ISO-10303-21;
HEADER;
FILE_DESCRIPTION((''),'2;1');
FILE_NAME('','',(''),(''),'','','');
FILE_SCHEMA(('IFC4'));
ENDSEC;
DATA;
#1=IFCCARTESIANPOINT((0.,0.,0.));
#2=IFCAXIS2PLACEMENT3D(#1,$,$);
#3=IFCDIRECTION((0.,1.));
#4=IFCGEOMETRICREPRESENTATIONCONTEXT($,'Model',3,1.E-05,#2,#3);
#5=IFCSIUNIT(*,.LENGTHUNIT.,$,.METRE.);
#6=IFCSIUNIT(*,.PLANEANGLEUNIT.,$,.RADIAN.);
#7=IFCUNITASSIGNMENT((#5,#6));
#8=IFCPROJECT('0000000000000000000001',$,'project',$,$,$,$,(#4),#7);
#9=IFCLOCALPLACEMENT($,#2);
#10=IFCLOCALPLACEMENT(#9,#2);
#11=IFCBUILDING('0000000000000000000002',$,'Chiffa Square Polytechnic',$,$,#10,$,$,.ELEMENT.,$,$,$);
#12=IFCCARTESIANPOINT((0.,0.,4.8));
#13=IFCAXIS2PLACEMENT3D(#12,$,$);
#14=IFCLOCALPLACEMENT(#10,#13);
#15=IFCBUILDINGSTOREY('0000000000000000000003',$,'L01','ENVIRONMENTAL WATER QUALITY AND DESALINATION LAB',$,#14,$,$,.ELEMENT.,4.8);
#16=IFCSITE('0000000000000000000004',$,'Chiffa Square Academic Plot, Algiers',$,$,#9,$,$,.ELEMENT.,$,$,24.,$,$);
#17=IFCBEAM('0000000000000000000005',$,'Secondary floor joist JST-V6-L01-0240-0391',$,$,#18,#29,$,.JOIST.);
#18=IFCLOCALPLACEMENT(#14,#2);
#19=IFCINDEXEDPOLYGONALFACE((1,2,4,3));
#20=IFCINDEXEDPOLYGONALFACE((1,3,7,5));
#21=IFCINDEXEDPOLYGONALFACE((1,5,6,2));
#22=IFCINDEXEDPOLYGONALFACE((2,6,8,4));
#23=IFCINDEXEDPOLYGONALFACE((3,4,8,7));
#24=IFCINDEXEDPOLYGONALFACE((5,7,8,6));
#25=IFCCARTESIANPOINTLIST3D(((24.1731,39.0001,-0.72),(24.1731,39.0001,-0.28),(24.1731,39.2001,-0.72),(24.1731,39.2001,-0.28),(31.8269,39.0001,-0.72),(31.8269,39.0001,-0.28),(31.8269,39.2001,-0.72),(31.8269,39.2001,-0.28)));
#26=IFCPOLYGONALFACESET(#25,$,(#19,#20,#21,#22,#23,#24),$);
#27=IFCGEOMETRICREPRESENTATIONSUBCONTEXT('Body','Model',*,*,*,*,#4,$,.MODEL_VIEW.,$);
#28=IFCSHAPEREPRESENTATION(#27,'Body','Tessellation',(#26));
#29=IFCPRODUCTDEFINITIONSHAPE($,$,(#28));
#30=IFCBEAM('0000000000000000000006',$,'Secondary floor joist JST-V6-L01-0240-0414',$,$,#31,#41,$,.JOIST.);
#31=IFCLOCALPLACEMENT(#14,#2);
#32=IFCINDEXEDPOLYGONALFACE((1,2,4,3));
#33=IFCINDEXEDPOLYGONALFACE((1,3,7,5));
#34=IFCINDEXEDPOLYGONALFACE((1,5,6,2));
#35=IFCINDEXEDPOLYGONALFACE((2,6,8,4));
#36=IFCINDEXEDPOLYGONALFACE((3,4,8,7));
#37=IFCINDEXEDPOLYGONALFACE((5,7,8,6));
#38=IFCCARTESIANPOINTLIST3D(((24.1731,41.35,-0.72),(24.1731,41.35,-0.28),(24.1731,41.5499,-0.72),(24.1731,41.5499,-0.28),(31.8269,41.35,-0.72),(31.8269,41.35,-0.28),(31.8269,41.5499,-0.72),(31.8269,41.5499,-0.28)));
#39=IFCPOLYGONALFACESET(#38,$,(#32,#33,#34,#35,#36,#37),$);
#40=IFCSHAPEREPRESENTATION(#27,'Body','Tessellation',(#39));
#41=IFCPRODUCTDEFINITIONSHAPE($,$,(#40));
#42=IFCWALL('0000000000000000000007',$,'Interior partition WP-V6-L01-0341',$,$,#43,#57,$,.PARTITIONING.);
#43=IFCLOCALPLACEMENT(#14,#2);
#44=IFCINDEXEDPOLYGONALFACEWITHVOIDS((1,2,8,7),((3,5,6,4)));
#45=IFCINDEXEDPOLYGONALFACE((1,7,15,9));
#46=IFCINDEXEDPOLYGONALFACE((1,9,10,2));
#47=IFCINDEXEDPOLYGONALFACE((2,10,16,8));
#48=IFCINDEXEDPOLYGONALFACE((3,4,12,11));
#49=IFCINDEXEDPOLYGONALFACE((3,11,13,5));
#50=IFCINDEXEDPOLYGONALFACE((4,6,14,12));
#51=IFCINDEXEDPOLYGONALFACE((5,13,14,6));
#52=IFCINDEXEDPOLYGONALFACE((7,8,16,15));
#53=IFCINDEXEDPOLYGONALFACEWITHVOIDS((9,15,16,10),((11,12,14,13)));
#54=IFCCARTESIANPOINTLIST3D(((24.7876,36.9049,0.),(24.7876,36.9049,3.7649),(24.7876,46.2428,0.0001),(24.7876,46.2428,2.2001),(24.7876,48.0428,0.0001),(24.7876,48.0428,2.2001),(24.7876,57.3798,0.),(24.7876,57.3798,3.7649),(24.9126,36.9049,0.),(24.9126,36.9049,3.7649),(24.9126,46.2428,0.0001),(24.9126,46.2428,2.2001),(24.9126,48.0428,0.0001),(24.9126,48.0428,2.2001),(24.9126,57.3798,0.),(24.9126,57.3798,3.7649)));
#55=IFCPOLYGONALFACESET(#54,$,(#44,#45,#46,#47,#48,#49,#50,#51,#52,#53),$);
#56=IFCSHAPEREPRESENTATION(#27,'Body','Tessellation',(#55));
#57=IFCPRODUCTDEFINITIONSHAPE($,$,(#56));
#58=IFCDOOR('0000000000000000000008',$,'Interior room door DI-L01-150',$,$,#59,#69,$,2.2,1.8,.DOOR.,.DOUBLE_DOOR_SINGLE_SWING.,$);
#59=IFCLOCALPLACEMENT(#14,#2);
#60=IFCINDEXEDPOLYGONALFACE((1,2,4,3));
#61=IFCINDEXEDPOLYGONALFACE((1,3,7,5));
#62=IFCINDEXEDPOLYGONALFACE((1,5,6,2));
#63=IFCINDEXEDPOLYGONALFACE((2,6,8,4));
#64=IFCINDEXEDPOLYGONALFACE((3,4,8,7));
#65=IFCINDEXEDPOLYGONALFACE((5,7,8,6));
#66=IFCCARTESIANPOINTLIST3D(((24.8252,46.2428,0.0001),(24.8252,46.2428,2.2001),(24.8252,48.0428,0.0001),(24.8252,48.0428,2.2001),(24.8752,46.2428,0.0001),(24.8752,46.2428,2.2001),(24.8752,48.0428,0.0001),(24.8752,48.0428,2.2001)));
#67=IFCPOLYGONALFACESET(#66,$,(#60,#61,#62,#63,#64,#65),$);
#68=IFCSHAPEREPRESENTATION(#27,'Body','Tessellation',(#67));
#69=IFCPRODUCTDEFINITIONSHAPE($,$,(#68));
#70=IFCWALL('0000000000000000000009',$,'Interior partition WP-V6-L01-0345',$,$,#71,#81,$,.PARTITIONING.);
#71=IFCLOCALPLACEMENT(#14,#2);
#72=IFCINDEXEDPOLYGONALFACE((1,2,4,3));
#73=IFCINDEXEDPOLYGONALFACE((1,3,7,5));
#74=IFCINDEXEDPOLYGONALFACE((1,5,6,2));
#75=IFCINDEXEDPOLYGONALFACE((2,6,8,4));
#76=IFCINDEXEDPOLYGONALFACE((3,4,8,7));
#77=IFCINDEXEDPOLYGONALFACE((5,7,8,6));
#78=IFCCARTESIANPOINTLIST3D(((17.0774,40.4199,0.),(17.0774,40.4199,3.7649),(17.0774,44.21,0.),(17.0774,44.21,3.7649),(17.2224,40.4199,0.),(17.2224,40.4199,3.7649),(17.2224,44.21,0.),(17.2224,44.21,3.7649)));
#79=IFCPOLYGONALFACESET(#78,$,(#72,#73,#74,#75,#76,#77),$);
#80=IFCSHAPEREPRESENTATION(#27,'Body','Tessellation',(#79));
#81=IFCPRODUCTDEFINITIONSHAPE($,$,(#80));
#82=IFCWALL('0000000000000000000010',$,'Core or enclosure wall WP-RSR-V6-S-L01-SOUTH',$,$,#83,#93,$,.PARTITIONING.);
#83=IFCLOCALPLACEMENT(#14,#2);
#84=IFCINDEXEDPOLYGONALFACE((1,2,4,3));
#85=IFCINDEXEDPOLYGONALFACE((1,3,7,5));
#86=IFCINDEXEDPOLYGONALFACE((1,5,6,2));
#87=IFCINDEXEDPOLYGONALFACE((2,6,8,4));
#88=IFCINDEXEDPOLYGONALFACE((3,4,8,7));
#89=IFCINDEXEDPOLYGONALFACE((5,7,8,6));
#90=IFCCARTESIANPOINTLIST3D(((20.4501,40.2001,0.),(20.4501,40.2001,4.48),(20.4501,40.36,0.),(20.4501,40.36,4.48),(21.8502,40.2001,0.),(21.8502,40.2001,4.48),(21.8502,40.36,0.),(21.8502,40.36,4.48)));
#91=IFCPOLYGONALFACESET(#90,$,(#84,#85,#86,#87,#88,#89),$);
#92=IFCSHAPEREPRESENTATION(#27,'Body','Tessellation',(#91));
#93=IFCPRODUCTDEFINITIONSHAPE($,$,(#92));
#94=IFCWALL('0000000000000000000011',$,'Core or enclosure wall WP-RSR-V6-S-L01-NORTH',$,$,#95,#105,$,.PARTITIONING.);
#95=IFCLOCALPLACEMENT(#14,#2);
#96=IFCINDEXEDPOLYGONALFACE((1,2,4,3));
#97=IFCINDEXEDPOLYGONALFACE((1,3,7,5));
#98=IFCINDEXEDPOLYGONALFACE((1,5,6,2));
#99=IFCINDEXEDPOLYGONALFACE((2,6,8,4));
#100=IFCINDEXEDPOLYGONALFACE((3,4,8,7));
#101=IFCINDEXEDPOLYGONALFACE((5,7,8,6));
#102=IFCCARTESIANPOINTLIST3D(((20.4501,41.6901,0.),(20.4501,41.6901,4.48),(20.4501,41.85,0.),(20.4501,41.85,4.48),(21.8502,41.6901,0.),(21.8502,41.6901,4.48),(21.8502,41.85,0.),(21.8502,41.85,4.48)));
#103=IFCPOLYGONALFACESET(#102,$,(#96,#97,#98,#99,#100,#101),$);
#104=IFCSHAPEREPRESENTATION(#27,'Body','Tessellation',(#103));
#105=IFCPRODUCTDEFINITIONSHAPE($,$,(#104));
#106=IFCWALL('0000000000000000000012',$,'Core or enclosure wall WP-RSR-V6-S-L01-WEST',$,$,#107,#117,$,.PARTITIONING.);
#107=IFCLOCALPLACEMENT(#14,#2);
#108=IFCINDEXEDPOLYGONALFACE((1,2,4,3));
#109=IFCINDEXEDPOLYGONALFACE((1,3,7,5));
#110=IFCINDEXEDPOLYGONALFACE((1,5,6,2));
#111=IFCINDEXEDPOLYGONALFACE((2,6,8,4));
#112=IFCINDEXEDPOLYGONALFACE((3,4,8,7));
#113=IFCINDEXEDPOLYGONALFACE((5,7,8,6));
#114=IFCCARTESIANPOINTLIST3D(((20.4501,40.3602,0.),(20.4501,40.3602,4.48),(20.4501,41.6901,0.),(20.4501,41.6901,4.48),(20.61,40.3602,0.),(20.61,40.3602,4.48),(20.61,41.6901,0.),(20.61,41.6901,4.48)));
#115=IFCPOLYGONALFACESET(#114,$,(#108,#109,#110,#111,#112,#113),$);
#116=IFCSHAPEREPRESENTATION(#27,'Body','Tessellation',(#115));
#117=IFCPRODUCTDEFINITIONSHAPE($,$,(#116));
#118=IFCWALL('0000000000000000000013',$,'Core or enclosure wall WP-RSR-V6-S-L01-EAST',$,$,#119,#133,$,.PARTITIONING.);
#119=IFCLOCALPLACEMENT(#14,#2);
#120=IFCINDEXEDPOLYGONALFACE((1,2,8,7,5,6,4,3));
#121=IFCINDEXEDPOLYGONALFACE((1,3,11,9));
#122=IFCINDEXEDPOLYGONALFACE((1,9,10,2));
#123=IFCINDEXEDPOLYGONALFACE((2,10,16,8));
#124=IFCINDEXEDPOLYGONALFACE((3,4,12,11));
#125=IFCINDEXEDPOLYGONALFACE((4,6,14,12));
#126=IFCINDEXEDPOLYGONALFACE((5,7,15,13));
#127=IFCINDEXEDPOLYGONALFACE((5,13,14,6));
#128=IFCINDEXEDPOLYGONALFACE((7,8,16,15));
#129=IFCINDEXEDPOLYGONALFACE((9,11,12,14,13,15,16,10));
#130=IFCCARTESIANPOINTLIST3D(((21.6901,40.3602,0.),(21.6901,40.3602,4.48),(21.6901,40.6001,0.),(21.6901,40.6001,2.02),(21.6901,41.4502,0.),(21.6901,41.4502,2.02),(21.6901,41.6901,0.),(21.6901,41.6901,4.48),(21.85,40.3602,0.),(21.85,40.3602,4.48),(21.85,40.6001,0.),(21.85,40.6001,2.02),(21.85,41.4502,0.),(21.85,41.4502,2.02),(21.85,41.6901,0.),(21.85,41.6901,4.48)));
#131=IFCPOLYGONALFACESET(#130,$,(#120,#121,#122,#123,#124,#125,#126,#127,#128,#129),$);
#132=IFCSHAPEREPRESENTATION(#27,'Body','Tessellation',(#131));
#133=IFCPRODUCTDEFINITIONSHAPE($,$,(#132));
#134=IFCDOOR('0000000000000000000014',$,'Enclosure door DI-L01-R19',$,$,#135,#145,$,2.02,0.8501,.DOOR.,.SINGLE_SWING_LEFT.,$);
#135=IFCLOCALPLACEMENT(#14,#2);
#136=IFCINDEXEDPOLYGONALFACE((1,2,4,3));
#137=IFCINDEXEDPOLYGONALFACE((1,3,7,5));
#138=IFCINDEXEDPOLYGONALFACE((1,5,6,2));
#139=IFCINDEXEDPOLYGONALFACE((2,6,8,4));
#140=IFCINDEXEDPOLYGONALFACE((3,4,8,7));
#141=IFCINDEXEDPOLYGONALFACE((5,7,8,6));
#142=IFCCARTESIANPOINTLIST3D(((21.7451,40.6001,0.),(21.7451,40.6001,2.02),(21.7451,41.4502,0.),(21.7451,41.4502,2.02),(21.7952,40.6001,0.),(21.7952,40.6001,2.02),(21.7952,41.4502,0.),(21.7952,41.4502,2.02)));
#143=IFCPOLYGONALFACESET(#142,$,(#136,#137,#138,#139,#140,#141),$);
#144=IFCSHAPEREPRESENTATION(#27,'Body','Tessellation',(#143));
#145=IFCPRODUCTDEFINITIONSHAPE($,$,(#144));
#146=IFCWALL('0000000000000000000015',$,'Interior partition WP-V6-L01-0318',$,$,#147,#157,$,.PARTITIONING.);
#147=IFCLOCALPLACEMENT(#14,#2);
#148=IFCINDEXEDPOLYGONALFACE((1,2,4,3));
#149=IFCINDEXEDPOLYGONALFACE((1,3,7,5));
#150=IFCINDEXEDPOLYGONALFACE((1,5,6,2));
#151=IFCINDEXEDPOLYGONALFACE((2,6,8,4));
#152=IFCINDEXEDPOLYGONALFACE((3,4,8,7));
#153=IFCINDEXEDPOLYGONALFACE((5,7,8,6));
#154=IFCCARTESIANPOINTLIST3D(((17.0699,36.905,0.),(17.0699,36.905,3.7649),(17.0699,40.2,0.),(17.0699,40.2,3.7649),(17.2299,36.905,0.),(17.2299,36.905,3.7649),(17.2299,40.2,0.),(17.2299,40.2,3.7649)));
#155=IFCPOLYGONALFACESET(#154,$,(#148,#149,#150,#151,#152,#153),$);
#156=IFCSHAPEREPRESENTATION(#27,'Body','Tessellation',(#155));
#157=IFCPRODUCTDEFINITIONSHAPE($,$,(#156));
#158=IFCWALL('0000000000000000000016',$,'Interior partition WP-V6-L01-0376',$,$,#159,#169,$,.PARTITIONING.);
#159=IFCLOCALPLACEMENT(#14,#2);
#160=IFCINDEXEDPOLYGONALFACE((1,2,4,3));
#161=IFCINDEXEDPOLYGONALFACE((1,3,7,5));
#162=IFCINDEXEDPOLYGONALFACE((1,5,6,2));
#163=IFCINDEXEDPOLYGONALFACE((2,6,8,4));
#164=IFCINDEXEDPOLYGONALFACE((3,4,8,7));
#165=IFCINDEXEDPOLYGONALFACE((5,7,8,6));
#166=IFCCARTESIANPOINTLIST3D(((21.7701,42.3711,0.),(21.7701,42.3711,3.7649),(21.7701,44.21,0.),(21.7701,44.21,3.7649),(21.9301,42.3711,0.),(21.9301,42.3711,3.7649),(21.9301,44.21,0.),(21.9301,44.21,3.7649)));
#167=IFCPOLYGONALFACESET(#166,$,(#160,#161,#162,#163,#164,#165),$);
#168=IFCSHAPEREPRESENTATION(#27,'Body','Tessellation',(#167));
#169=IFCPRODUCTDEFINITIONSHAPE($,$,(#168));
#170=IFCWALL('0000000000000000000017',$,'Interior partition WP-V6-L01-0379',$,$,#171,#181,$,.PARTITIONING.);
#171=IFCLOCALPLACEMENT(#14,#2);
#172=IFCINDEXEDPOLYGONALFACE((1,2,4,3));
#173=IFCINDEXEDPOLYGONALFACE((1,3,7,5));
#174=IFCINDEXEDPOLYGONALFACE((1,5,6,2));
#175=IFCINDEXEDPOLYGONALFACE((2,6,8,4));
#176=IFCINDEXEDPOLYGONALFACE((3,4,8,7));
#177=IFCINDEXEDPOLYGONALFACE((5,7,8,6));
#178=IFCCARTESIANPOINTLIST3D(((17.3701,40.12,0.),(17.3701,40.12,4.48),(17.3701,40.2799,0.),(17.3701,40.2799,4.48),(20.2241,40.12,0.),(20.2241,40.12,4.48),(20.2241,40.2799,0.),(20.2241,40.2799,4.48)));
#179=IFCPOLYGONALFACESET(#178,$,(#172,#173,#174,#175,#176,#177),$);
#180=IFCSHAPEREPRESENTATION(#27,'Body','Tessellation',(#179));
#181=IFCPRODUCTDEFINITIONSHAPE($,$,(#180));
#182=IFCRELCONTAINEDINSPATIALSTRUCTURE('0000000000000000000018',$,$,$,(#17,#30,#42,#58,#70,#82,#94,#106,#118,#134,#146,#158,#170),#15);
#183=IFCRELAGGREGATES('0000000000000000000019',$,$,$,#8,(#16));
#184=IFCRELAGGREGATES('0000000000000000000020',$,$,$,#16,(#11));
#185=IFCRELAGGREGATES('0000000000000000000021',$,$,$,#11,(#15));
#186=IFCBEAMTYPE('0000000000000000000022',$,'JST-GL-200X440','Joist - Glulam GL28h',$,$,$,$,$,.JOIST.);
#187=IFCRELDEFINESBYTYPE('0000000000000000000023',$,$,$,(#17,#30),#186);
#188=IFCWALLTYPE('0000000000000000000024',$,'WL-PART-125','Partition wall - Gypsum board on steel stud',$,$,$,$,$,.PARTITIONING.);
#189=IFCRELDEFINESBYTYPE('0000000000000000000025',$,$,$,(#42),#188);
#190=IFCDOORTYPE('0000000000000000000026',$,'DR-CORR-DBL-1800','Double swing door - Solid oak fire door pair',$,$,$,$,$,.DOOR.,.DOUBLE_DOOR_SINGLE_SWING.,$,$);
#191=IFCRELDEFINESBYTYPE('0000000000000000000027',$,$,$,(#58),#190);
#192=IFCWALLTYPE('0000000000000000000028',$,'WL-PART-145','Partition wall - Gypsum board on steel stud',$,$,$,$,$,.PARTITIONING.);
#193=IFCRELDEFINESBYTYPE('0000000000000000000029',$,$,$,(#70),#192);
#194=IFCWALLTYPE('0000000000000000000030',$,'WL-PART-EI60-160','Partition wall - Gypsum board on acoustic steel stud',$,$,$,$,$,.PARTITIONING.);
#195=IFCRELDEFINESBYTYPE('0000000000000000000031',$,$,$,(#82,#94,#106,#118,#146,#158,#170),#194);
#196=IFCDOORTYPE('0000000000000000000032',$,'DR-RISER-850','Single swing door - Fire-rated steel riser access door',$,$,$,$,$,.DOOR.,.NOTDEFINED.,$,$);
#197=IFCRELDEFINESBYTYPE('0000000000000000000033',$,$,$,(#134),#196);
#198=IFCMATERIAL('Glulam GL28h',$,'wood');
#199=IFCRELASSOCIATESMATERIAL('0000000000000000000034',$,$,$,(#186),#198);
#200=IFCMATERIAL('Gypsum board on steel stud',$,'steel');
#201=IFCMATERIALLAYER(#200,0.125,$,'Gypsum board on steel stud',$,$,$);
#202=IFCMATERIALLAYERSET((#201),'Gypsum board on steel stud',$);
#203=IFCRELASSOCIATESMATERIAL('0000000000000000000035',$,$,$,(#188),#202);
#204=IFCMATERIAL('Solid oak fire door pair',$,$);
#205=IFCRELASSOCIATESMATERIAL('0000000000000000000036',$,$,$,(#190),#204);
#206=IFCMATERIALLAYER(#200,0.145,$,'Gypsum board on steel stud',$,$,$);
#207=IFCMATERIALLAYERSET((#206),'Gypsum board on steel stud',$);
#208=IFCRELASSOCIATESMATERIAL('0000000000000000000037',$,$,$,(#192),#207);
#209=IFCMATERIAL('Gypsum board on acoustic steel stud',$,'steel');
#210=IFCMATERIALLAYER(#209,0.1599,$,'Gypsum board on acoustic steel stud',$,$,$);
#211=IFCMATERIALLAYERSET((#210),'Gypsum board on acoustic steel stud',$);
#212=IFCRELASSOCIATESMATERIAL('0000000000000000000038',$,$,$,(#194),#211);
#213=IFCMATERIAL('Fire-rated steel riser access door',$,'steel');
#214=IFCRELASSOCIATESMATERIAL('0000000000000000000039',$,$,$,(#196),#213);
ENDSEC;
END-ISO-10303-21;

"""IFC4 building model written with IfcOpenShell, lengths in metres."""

from ifc_helpers import new_model, si_unit, direction, frame, frame_2d, origin, origin_2d, place, context, subcontext, project, spatial, rectangle, extrude, material, layer, layer_set, material_profile, profile_set, type_object, element, fill, save


model = new_model("IFC4")

# Units and contexts
model_context = context("Model", 3, precision=1e-05, world=origin(), true_north=direction((0.0, 1.0)))
body_context = subcontext(model_context, "Body", "Model", "MODEL_VIEW")
ifc_project = project(units=[si_unit("LENGTHUNIT", "METRE"), si_unit("PLANEANGLEUNIT", "RADIAN")], contexts=[model_context])

# Site, building, storey
site_placement = place(None, origin())
site = spatial("IfcSite", under=ifc_project, at=site_placement, Name="Chiffa Square Academic Plot, Algiers", CompositionType="ELEMENT", RefElevation=24.0)
building_placement = place(site_placement, origin())
building = spatial("IfcBuilding", under=site, at=building_placement, Name="Chiffa Square Polytechnic", CompositionType="ELEMENT")
storey_placement = place(building_placement, frame((0.0, 0.0, 4.8)))
storey = spatial("IfcBuildingStorey", under=building, at=storey_placement, Name="L01", Description="ENVIRONMENTAL WATER QUALITY AND DESALINATION LAB", CompositionType="ELEMENT", Elevation=4.8)

# Beams
ifc_material_1 = material(Name="Glulam GL28h", Category="wood")
ifc_material_profile_1 = material_profile(ifc_material_1, rectangle(XDim=0.2, YDim=0.4399, at=origin_2d()), Name="GL28h 200x440")
ifc_profile_set_1 = profile_set([ifc_material_profile_1], Name="Glulam GL28h")
beam_type_1 = type_object("IfcBeamType", Name="JST-GL-200X440", Description="Joist - Glulam GL28h", PredefinedType="JOIST", material=ifc_profile_set_1)
for number, where, z_axis, x_axis, name in (
    (1, (24.1731, 39.1001, -0.5), (1.0, 0.0, 0.0), (0.0, 1.0, 0.0), "Secondary floor joist JST-V6-L01-0240-0391"),
    (2, (24.1731, 41.45, -0.5), (1.0, 0.0, 0.0), (0.0, 1.0, 0.0), "Secondary floor joist JST-V6-L01-0240-0414"),
):
    element("IfcBeam", number, at=place(storey_placement, frame(where, z_axis=z_axis, x_axis=x_axis)), inside=storey, type_object=beam_type_1, Name=name, PredefinedType="JOIST", context=body_context, shape_type="SweptSolid", body=[
        extrude(rectangle(XDim=0.2, YDim=0.4399, at=origin_2d()), origin(), (0.0, 0.0, 1.0), 7.6538),
    ])

# Wall, opening, door
ifc_material_2 = material(Name="Gypsum board on steel stud", Category="steel")
ifc_layer_1 = layer(ifc_material_2, 0.125, Name="Gypsum board on steel stud")
ifc_layer_set_1 = layer_set([ifc_layer_1], Name="Gypsum board on steel stud")
wall_type_1 = type_object("IfcWallType", Name="WL-PART-125", Description="Partition wall - Gypsum board on steel stud", PredefinedType="PARTITIONING", material=ifc_layer_set_1)
wall_1_placement = place(storey_placement, frame((24.8501, 36.905, 0.0), z_axis=(0.0, 0.0, 1.0), x_axis=(0.0, 1.0, 0.0)))
wall_1 = element("IfcWall", 3, at=wall_1_placement, inside=storey, type_object=wall_type_1, Name="Interior partition WP-V6-L01-0341", PredefinedType="PARTITIONING", context=body_context, shape_type="SweptSolid", body=[
    extrude(rectangle(XDim=20.4749, YDim=0.125, at=frame_2d((10.2373, 0.0))), origin(), (0.0, 0.0, 1.0), 3.7649),
])
opening_1_placement = place(wall_1_placement, frame((9.3379, 0.0, 0.0)))
opening_1 = element("IfcOpeningElement", 4, at=opening_1_placement, cuts=wall_1, PredefinedType="OPENING", context=body_context, shape_type="SweptSolid", body=[
    extrude(rectangle(XDim=1.8, YDim=2.2, at=frame_2d((0.8999, 1.1001))), frame((0.0, 0.0725, 0.0), z_axis=(0.0, -1.0, 0.0), x_axis=(1.0, 0.0, 0.0)), (0.0, 0.0, 1.0), 0.145),
])
ifc_material_3 = material(Name="Solid oak fire door pair")
door_type_1 = type_object("IfcDoorType", Name="DR-CORR-DBL-1800", Description="Double swing door - Solid oak fire door pair", OperationType="DOUBLE_DOOR_SINGLE_SWING", PredefinedType="DOOR", material=ifc_material_3)
door_1_placement = place(opening_1_placement, origin())
door_1 = element("IfcDoor", 5, at=door_1_placement, inside=storey, type_object=door_type_1, Name="Interior room door DI-L01-150", OperationType="DOUBLE_DOOR_SINGLE_SWING", OverallHeight=2.2, OverallWidth=1.8, PredefinedType="DOOR", context=body_context, shape_type="SweptSolid", body=[
    extrude(rectangle(XDim=1.8, YDim=2.2, at=frame_2d((0.8999, 1.1001))), frame((0.0, 0.0249, 0.0), z_axis=(0.0, -1.0, 0.0), x_axis=(1.0, 0.0, 0.0)), (0.0, 0.0, 1.0), 0.05),
])
fill(opening_1, door_1)

# Walls
ifc_layer_2 = layer(ifc_material_2, 0.145, Name="Gypsum board on steel stud")
ifc_layer_set_2 = layer_set([ifc_layer_2], Name="Gypsum board on steel stud")
wall_type_2 = type_object("IfcWallType", Name="WL-PART-145", Description="Partition wall - Gypsum board on steel stud", PredefinedType="PARTITIONING", material=ifc_layer_set_2)
wall_2_placement = place(storey_placement, frame((17.1499, 40.4199, 0.0), z_axis=(0.0, 0.0, 1.0), x_axis=(0.0, 1.0, 0.0)))
element("IfcWall", 6, at=wall_2_placement, inside=storey, type_object=wall_type_2, Name="Interior partition WP-V6-L01-0345", PredefinedType="PARTITIONING", context=body_context, shape_type="SweptSolid", body=[
    extrude(rectangle(XDim=3.79, YDim=0.145, at=frame_2d((1.895, 0.0))), origin(), (0.0, 0.0, 1.0), 3.7649),
])
ifc_material_4 = material(Name="Gypsum board on acoustic steel stud", Category="steel")
ifc_layer_3 = layer(ifc_material_4, 0.1599, Name="Gypsum board on acoustic steel stud")
ifc_layer_set_3 = layer_set([ifc_layer_3], Name="Gypsum board on acoustic steel stud")
wall_type_3 = type_object("IfcWallType", Name="WL-PART-EI60-160", Description="Partition wall - Gypsum board on acoustic steel stud", PredefinedType="PARTITIONING", material=ifc_layer_set_3)
for number, where, z_axis, x_axis, name in (
    (7, (20.45, 40.28, 0.0), (0.0, 0.0, 1.0), (1.0, 0.0, 0.0), "Core or enclosure wall WP-RSR-V6-S-L01-SOUTH"),
    (8, (20.45, 41.77, 0.0), (0.0, 0.0, 1.0), (1.0, 0.0, 0.0), "Core or enclosure wall WP-RSR-V6-S-L01-NORTH"),
):
    element("IfcWall", number, at=place(storey_placement, frame(where, z_axis=z_axis, x_axis=x_axis)), inside=storey, type_object=wall_type_3, Name=name, PredefinedType="PARTITIONING", context=body_context, shape_type="SweptSolid", body=[
        extrude(rectangle(XDim=1.4001, YDim=0.1599, at=frame_2d((0.7002, 0.0))), origin(), (0.0, 0.0, 1.0), 4.48),
    ])
wall_3_placement = place(storey_placement, frame((20.53, 40.3601, 0.0), z_axis=(0.0, 0.0, 1.0), x_axis=(0.0, 1.0, 0.0)))
element("IfcWall", 9, at=wall_3_placement, inside=storey, type_object=wall_type_3, Name="Core or enclosure wall WP-RSR-V6-S-L01-WEST", PredefinedType="PARTITIONING", context=body_context, shape_type="SweptSolid", body=[
    extrude(rectangle(XDim=1.3298, YDim=0.1599, at=frame_2d((0.665, 0.0))), origin(), (0.0, 0.0, 1.0), 4.48),
])

# Wall, opening, door
wall_4_placement = place(storey_placement, frame((21.77, 40.3601, 0.0), z_axis=(0.0, 0.0, 1.0), x_axis=(0.0, 1.0, 0.0)))
wall_4 = element("IfcWall", 10, at=wall_4_placement, inside=storey, type_object=wall_type_3, Name="Core or enclosure wall WP-RSR-V6-S-L01-EAST", PredefinedType="PARTITIONING", context=body_context, shape_type="SweptSolid", body=[
    extrude(rectangle(XDim=1.3298, YDim=0.1599, at=frame_2d((0.665, 0.0))), origin(), (0.0, 0.0, 1.0), 4.48),
])
opening_2_placement = place(wall_4_placement, frame((0.24, 0.0, 0.0)))
opening_2 = element("IfcOpeningElement", 11, at=opening_2_placement, cuts=wall_4, PredefinedType="OPENING", context=body_context, shape_type="SweptSolid", body=[
    extrude(rectangle(XDim=0.8501, YDim=2.02, at=frame_2d((0.425, 1.01))), frame((0.0, 0.0898, 0.0), z_axis=(0.0, -1.0, 0.0), x_axis=(1.0, 0.0, 0.0)), (0.0, 0.0, 1.0), 0.1799),
])
ifc_material_5 = material(Name="Fire-rated steel riser access door", Category="steel")
door_type_2 = type_object("IfcDoorType", Name="DR-RISER-850", Description="Single swing door - Fire-rated steel riser access door", OperationType="NOTDEFINED", PredefinedType="DOOR", material=ifc_material_5)
door_2_placement = place(opening_2_placement, origin())
door_2 = element("IfcDoor", 12, at=door_2_placement, inside=storey, type_object=door_type_2, Name="Enclosure door DI-L01-R19", OperationType="SINGLE_SWING_LEFT", OverallHeight=2.02, OverallWidth=0.8501, PredefinedType="DOOR", context=body_context, shape_type="SweptSolid", body=[
    extrude(rectangle(XDim=0.8501, YDim=2.02, at=frame_2d((0.425, 1.01))), frame((0.0, 0.0249, 0.0), z_axis=(0.0, -1.0, 0.0), x_axis=(1.0, 0.0, 0.0)), (0.0, 0.0, 1.0), 0.05),
])
fill(opening_2, door_2)

# Walls
wall_5_placement = place(storey_placement, frame((17.1499, 36.905, 0.0), z_axis=(0.0, 0.0, 1.0), x_axis=(0.0, 1.0, 0.0)))
element("IfcWall", 13, at=wall_5_placement, inside=storey, type_object=wall_type_3, Name="Interior partition WP-V6-L01-0318", PredefinedType="PARTITIONING", context=body_context, shape_type="SweptSolid", body=[
    extrude(rectangle(XDim=3.2949, YDim=0.1599, at=frame_2d((1.6475, 0.0))), origin(), (0.0, 0.0, 1.0), 3.7649),
])
wall_6_placement = place(storey_placement, frame((21.8501, 42.3711, 0.0), z_axis=(0.0, 0.0, 1.0), x_axis=(0.0, 1.0, 0.0)))
element("IfcWall", 14, at=wall_6_placement, inside=storey, type_object=wall_type_3, Name="Interior partition WP-V6-L01-0376", PredefinedType="PARTITIONING", context=body_context, shape_type="SweptSolid", body=[
    extrude(rectangle(XDim=1.8389, YDim=0.1599, at=frame_2d((0.9194, 0.0))), origin(), (0.0, 0.0, 1.0), 3.7649),
])
wall_7_placement = place(storey_placement, frame((17.3701, 40.2, 0.0), z_axis=(0.0, 0.0, 1.0), x_axis=(1.0, 0.0, 0.0)))
element("IfcWall", 15, at=wall_7_placement, inside=storey, type_object=wall_type_3, Name="Interior partition WP-V6-L01-0379", PredefinedType="PARTITIONING", context=body_context, shape_type="SweptSolid", body=[
    extrude(rectangle(XDim=2.854, YDim=0.1599, at=frame_2d((1.427, 0.0))), origin(), (0.0, 0.0, 1.0), 4.48),
])

save(model, "model.ifc")
